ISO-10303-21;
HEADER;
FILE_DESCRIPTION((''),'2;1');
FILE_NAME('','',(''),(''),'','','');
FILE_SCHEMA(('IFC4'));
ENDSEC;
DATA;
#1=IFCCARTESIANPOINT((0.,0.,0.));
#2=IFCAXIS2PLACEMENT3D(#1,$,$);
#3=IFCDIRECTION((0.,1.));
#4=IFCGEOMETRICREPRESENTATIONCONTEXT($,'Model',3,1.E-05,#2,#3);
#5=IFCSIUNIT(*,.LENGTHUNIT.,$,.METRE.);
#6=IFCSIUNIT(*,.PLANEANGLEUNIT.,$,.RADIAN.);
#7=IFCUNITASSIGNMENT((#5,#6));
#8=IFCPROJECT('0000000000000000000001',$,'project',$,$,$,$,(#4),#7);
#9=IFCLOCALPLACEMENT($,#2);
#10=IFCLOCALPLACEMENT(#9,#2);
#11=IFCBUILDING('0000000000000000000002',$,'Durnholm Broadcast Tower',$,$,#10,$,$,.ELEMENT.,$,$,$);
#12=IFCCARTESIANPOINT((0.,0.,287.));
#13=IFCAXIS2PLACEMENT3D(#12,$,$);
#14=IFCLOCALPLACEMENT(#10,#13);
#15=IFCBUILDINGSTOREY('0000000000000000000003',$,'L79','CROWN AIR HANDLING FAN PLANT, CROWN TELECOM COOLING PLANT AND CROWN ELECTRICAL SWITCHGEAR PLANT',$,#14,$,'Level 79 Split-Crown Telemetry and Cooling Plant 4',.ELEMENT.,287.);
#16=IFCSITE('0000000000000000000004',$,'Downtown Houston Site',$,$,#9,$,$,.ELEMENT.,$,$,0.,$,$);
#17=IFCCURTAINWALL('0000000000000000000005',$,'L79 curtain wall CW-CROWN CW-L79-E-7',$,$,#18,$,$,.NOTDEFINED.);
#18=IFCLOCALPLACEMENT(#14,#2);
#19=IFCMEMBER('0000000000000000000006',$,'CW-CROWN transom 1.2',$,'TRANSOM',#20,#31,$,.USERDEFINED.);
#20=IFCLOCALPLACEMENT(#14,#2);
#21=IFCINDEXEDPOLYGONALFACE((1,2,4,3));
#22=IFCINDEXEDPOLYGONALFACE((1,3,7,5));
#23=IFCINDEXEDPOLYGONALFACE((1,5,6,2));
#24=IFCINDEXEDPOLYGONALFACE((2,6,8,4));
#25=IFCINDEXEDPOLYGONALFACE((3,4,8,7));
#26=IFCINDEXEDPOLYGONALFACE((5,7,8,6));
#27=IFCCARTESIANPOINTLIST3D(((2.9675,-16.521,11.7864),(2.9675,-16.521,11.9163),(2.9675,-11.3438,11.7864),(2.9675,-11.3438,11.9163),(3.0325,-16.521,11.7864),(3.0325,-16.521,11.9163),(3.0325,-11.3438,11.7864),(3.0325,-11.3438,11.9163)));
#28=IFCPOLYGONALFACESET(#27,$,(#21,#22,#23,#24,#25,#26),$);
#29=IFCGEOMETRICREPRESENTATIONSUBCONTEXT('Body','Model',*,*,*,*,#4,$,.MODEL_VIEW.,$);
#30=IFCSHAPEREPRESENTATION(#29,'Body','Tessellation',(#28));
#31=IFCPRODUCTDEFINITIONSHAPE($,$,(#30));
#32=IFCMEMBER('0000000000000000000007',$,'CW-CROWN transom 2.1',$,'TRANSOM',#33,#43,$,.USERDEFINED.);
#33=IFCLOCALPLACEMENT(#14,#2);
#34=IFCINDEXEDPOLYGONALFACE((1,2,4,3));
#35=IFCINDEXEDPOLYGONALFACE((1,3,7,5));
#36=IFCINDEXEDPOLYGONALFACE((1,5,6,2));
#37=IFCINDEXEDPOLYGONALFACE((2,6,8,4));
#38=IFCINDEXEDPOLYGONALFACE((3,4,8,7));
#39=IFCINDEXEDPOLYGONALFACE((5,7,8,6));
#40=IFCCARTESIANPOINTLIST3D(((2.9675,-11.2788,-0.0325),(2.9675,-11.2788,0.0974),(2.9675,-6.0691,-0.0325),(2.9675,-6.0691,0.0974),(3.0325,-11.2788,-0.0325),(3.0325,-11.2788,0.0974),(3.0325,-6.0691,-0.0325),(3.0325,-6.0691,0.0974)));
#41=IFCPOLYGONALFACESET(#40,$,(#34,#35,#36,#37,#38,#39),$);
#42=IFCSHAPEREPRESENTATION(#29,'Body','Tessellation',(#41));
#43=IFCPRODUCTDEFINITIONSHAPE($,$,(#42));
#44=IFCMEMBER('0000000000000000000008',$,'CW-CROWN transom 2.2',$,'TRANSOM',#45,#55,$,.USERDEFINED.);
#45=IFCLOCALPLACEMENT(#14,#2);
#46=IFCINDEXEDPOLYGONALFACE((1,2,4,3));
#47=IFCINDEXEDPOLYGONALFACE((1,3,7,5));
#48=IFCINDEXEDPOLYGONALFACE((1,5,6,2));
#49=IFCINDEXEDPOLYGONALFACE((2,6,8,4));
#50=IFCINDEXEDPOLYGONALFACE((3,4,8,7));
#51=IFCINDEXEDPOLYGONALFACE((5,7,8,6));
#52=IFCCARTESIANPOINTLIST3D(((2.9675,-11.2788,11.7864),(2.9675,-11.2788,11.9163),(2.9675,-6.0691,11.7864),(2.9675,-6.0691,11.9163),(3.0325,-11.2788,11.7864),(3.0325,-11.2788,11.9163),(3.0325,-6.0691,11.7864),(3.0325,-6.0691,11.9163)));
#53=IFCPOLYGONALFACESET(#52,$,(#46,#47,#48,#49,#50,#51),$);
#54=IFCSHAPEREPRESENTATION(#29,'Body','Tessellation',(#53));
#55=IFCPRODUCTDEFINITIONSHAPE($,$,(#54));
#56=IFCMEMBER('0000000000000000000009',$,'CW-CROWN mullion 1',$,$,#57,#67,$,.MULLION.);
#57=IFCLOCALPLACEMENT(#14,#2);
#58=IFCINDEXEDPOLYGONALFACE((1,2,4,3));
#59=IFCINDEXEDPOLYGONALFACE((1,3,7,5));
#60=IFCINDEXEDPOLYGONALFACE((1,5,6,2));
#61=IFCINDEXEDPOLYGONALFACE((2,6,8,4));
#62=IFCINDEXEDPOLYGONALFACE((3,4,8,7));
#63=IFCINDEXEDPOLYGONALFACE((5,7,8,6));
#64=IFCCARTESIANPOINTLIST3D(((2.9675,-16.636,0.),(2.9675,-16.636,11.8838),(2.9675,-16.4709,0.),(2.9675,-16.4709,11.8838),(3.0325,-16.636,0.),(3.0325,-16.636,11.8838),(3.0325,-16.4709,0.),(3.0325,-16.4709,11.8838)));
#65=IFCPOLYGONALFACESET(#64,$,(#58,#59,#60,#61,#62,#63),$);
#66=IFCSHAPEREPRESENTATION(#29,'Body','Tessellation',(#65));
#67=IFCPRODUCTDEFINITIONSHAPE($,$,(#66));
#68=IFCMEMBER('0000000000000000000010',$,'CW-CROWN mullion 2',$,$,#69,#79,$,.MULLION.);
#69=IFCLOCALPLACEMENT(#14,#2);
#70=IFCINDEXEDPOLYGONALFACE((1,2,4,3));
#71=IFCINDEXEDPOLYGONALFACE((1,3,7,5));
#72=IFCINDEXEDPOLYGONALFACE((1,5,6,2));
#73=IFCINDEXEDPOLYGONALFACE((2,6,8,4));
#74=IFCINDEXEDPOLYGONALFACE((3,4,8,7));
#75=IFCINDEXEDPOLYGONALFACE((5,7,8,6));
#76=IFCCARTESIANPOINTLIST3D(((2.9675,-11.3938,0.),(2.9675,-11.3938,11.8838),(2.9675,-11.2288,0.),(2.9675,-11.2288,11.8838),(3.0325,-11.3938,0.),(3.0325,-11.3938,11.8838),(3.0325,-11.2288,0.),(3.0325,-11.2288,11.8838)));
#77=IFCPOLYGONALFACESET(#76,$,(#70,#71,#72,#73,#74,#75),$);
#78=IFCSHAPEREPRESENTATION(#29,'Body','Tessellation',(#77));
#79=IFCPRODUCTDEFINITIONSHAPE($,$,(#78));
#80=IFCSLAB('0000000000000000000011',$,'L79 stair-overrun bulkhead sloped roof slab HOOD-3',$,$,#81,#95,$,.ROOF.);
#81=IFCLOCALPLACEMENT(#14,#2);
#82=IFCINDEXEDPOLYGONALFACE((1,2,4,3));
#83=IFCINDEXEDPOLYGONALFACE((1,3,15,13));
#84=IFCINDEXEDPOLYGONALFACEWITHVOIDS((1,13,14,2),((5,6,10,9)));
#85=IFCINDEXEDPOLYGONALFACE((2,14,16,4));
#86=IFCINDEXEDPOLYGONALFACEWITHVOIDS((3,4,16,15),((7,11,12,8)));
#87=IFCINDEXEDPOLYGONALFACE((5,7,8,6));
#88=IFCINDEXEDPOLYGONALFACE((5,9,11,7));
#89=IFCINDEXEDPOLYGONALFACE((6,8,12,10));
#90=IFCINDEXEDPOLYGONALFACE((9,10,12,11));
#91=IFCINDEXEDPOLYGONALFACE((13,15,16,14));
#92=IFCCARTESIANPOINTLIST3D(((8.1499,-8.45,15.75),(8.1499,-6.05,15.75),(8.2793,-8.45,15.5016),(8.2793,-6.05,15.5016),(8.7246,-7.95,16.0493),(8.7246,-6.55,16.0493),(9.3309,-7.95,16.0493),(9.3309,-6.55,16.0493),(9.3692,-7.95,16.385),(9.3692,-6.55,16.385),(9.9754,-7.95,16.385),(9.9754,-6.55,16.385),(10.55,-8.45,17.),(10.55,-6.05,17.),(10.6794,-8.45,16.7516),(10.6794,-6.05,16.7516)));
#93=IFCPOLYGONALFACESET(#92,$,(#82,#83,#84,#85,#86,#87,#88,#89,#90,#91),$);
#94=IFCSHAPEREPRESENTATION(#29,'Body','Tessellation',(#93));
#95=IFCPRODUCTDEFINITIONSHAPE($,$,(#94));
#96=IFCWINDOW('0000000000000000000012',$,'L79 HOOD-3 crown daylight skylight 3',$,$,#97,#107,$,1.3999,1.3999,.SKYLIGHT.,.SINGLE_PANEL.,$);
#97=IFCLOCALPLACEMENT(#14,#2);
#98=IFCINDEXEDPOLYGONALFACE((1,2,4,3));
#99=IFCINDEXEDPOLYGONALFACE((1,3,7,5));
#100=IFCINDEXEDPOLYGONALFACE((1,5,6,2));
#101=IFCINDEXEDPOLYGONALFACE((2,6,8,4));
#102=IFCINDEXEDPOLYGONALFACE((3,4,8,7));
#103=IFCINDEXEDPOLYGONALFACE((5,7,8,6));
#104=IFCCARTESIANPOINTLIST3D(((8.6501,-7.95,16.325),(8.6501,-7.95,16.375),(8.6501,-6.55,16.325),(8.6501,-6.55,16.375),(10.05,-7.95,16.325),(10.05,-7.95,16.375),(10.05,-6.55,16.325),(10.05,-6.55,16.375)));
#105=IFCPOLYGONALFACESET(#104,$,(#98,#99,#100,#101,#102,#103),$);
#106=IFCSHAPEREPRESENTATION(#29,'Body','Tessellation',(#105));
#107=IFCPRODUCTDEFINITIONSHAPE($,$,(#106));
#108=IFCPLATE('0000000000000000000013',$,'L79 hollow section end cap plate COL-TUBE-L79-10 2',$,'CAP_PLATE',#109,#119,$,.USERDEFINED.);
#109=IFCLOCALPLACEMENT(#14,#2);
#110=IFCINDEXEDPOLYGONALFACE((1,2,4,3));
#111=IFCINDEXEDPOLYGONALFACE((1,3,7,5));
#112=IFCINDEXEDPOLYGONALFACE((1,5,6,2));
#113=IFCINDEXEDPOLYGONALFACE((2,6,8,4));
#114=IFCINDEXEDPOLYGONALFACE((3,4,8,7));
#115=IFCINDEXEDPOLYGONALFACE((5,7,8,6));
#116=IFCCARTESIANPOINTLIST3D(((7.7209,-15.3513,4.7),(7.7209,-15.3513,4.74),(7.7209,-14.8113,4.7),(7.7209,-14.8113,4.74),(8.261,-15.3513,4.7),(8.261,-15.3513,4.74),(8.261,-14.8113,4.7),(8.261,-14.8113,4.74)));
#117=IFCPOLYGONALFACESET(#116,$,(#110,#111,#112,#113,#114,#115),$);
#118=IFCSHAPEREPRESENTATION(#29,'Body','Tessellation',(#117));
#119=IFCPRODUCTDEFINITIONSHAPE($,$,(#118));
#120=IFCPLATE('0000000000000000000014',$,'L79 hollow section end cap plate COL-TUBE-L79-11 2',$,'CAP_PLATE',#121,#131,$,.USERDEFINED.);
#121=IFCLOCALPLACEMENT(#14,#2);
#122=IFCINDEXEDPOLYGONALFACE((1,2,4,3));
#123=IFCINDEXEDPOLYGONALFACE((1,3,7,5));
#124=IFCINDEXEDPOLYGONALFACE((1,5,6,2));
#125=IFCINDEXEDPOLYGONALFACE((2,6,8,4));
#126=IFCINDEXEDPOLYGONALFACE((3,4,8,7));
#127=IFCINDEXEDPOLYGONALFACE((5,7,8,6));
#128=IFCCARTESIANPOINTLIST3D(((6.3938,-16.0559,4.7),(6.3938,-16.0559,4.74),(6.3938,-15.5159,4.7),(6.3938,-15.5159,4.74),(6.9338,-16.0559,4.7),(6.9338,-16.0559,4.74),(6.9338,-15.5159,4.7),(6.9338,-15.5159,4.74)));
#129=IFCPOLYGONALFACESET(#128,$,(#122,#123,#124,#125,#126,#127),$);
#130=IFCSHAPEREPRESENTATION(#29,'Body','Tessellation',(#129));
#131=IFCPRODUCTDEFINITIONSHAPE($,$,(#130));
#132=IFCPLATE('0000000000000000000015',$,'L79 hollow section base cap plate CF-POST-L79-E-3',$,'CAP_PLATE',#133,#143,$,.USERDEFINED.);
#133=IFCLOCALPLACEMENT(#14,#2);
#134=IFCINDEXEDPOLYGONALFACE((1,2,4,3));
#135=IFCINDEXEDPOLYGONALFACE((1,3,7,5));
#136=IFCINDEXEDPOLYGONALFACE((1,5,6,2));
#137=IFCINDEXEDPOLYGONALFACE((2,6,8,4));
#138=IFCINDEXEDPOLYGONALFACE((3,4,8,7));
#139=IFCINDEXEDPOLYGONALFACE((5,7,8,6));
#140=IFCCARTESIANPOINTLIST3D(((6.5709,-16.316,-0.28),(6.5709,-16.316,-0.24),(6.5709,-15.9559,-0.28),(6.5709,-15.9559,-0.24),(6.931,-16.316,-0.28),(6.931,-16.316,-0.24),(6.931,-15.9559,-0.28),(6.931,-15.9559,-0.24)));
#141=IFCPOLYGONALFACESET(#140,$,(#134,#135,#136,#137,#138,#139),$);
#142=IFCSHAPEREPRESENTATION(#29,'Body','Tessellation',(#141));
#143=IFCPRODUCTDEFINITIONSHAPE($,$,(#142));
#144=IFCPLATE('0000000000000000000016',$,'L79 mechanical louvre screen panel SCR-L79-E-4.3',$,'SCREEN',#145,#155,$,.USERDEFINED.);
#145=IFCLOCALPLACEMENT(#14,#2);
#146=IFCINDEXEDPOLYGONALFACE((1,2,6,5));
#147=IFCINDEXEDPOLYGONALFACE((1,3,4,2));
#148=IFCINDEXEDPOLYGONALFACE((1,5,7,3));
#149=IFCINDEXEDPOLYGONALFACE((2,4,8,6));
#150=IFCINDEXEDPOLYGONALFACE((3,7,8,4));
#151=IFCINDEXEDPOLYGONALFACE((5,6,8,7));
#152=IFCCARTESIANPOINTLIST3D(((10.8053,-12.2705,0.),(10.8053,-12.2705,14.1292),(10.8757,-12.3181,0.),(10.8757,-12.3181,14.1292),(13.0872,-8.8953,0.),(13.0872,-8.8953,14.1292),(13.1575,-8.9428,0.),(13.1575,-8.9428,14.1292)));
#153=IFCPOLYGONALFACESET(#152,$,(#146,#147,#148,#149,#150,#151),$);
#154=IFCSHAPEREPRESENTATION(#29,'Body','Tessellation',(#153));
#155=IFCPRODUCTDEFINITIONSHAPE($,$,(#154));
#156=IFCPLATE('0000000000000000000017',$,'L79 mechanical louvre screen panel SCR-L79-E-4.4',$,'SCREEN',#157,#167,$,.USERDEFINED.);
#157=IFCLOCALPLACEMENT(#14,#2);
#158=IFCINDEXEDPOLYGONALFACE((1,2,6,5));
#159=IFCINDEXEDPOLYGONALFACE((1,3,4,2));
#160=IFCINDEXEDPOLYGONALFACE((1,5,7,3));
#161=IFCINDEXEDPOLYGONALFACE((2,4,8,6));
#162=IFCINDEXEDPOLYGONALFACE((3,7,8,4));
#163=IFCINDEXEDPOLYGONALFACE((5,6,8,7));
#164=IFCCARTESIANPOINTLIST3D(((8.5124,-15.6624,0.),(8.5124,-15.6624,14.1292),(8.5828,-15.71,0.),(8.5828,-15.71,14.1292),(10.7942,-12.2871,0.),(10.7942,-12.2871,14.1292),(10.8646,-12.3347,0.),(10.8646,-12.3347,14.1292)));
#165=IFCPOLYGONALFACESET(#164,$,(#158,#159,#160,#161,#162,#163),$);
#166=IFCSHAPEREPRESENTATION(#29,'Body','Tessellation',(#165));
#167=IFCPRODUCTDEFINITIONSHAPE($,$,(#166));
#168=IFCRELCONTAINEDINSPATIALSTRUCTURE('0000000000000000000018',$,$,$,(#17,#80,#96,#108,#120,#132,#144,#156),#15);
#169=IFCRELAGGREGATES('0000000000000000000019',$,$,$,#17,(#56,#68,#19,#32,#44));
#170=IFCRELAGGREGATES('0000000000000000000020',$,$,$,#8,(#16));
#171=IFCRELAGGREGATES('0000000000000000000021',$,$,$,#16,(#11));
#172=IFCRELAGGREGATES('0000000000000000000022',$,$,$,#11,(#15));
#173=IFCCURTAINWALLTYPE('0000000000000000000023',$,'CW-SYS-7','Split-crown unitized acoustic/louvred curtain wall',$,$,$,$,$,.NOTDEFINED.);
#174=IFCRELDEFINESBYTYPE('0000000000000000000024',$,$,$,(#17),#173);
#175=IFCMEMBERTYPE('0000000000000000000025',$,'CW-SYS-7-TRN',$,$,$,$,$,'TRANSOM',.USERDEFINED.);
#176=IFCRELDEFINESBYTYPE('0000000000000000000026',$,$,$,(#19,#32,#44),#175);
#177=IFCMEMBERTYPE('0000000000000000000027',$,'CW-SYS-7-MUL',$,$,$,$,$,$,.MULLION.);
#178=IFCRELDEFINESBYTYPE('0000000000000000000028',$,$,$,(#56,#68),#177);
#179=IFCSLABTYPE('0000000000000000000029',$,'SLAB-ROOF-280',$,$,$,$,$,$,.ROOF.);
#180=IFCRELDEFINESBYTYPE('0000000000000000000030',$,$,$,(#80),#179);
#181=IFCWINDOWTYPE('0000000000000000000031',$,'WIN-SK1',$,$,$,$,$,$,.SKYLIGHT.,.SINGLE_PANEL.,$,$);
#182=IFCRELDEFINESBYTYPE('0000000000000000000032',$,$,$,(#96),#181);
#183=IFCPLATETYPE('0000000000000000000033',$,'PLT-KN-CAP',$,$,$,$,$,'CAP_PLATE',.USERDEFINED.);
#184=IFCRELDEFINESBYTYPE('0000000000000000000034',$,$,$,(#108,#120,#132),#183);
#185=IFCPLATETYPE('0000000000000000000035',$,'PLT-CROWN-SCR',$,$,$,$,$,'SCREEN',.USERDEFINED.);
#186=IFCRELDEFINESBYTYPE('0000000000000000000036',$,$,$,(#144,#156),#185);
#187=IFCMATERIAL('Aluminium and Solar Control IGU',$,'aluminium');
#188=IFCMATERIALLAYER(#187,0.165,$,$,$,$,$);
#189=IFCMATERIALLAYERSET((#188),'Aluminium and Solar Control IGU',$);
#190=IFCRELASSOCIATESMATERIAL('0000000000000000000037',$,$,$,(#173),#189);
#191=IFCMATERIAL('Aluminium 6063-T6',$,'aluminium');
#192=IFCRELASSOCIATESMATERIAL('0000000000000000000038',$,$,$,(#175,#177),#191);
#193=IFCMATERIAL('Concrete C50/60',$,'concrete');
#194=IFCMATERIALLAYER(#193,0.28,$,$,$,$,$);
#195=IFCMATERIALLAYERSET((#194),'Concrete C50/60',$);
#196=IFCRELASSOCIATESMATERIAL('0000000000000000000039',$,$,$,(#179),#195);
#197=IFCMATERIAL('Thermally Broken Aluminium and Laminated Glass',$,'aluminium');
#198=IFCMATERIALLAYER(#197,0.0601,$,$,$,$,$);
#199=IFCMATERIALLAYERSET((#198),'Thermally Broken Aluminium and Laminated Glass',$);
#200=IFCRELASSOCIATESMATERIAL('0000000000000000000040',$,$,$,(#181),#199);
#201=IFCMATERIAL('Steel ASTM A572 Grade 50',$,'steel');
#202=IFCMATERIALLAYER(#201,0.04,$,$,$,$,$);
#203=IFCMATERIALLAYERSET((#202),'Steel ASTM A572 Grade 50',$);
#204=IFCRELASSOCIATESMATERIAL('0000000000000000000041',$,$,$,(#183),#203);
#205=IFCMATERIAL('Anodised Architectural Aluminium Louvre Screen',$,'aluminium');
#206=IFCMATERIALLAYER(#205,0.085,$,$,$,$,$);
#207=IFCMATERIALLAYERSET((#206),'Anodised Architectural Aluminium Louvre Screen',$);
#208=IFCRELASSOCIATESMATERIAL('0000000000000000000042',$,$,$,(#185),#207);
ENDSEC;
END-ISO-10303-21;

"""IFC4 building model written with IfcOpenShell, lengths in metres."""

from ifc_helpers import new_model, si_unit, direction, frame, origin, origin_2d, place, context, subcontext, project, spatial, polyline, rectangle, outline, extrude, source, transform, mapped, material, layer, layer_set, material_profile, profile_set, type_object, type_shapes, element, fill, aggregate, save


model = new_model("IFC4")

# Units and contexts
model_context = context("Model", 3, precision=1e-05, world=origin(), true_north=direction((0.0, 1.0)))
body_context = subcontext(model_context, "Body", "Model", "MODEL_VIEW")
ifc_project = project(units=[si_unit("LENGTHUNIT", "METRE"), si_unit("PLANEANGLEUNIT", "RADIAN")], contexts=[model_context])

# Site, building, storey
site_placement = place(None, origin())
site = spatial("IfcSite", under=ifc_project, at=site_placement, Name="Downtown Houston Site", CompositionType="ELEMENT", RefElevation=0.0)
building_placement = place(site_placement, origin())
building = spatial("IfcBuilding", under=site, at=building_placement, Name="Durnholm Broadcast Tower", CompositionType="ELEMENT")
storey_placement = place(building_placement, frame((0.0, 0.0, 287.0)))
storey = spatial("IfcBuildingStorey", under=building, at=storey_placement, Name="L79", Description="CROWN AIR HANDLING FAN PLANT, CROWN TELECOM COOLING PLANT AND CROWN ELECTRICAL SWITCHGEAR PLANT", LongName="Level 79 Split-Crown Telemetry and Cooling Plant 4", CompositionType="ELEMENT", Elevation=287.0)

# Curtain wall, members
ifc_material_1 = material(Name="Aluminium and Solar Control IGU", Category="aluminium")
ifc_layer_1 = layer(ifc_material_1, 0.165)
ifc_layer_set_1 = layer_set([ifc_layer_1], Name="Aluminium and Solar Control IGU")
curtain_wall_type = type_object("IfcCurtainWallType", Name="CW-SYS-7", Description="Split-crown unitized acoustic/louvred curtain wall", PredefinedType="NOTDEFINED", material=ifc_layer_set_1)
curtain_wall_placement = place(storey_placement, origin())
curtain_wall = element("IfcCurtainWall", 1, at=curtain_wall_placement, inside=storey, type_object=curtain_wall_type, Name="L79 curtain wall CW-CROWN CW-L79-E-7", PredefinedType="NOTDEFINED")
ifc_material_2 = material(Name="Aluminium 6063-T6", Category="aluminium")
ifc_material_profile_1 = material_profile(ifc_material_2, rectangle(XDim=0.0649, YDim=0.1299, at=origin_2d()), Name="CWT65X130")
ifc_profile_set_1 = profile_set([ifc_material_profile_1], Name="Aluminium 6063-T6")
member_type_1 = type_object("IfcMemberType", Name="CW-SYS-7-TRN", ElementType="TRANSOM", PredefinedType="USERDEFINED", material=ifc_profile_set_1)
shared_shape_1 = source(origin(), body_context, "Body", "SweptSolid", [
    extrude(rectangle(XDim=0.0649, YDim=0.1299, at=origin_2d()), origin(), (0.0, 0.0, 1.0), 5.1772),
])
member_1_placement = place(storey_placement, frame((3.0, -16.521, 11.8513), z_axis=(0.0, 1.0, 0.0), x_axis=(-1.0, 0.0, 0.0)))
member_1 = element("IfcMember", 2, at=member_1_placement, type_object=member_type_1, Name="CW-CROWN transom 1.2", ObjectType="TRANSOM", PredefinedType="USERDEFINED", context=body_context, shape_type="MappedRepresentation", body=[
    mapped(shared_shape_1, transform((0.0, 0.0, 0.0), x_axis=(1.0, 0.0, 0.0), y_axis=(0.0, 1.0, 0.0), z_axis=(0.0, 0.0, 1.0), scale=1.0)),
])
shared_shape_2 = source(origin(), body_context, "Body", "SweptSolid", [
    extrude(rectangle(XDim=0.0649, YDim=0.1299, at=origin_2d()), origin(), (0.0, 0.0, 1.0), 5.2097),
])
type_shapes(member_type_1, [shared_shape_1, shared_shape_2])
member_2_placement = place(storey_placement, frame((3.0, -11.2788, 0.0325), z_axis=(0.0, 1.0, 0.0), x_axis=(-1.0, 0.0, 0.0)))
member_2 = element("IfcMember", 3, at=member_2_placement, type_object=member_type_1, Name="CW-CROWN transom 2.1", ObjectType="TRANSOM", PredefinedType="USERDEFINED", context=body_context, shape_type="MappedRepresentation", body=[
    mapped(shared_shape_2, transform((0.0, 0.0, 0.0), x_axis=(1.0, 0.0, 0.0), y_axis=(0.0, 1.0, 0.0), z_axis=(0.0, 0.0, 1.0), scale=1.0)),
])
member_3_placement = place(storey_placement, frame((3.0, -11.2788, 11.8513), z_axis=(0.0, 1.0, 0.0), x_axis=(-1.0, 0.0, 0.0)))
member_3 = element("IfcMember", 4, at=member_3_placement, type_object=member_type_1, Name="CW-CROWN transom 2.2", ObjectType="TRANSOM", PredefinedType="USERDEFINED", context=body_context, shape_type="MappedRepresentation", body=[
    mapped(shared_shape_2, transform((0.0, 0.0, 0.0), x_axis=(1.0, 0.0, 0.0), y_axis=(0.0, 1.0, 0.0), z_axis=(0.0, 0.0, 1.0), scale=1.0)),
])
ifc_material_profile_2 = material_profile(ifc_material_2, rectangle(XDim=0.0649, YDim=0.165, at=origin_2d()), Name="CWM65X165")
ifc_profile_set_2 = profile_set([ifc_material_profile_2], Name="Aluminium 6063-T6")
member_type_2 = type_object("IfcMemberType", Name="CW-SYS-7-MUL", PredefinedType="MULLION", material=ifc_profile_set_2)
shared_shape_3 = source(origin(), body_context, "Body", "SweptSolid", [
    extrude(rectangle(XDim=0.0649, YDim=0.165, at=origin_2d()), origin(), (0.0, 0.0, 1.0), 11.8838),
])
type_shapes(member_type_2, [shared_shape_3])
member_4_placement = place(storey_placement, frame((3.0, -16.5535, 0.0), z_axis=(0.0, 0.0, 1.0), x_axis=(-1.0, 0.0, 0.0)))
member_4 = element("IfcMember", 5, at=member_4_placement, type_object=member_type_2, Name="CW-CROWN mullion 1", PredefinedType="MULLION", context=body_context, shape_type="MappedRepresentation", body=[
    mapped(shared_shape_3, transform((0.0, 0.0, 0.0), x_axis=(1.0, 0.0, 0.0), y_axis=(0.0, 1.0, 0.0), z_axis=(0.0, 0.0, 1.0), scale=1.0)),
])
member_5_placement = place(storey_placement, frame((3.0, -11.3113, 0.0), z_axis=(0.0, 0.0, 1.0), x_axis=(-1.0, 0.0, 0.0)))
member_5 = element("IfcMember", 6, at=member_5_placement, type_object=member_type_2, Name="CW-CROWN mullion 2", PredefinedType="MULLION", context=body_context, shape_type="MappedRepresentation", body=[
    mapped(shared_shape_3, transform((0.0, 0.0, 0.0), x_axis=(1.0, 0.0, 0.0), y_axis=(0.0, 1.0, 0.0), z_axis=(0.0, 0.0, 1.0), scale=1.0)),
])

# Slab, opening, window
ifc_material_3 = material(Name="Concrete C50/60", Category="concrete")
ifc_layer_2 = layer(ifc_material_3, 0.28)
ifc_layer_set_2 = layer_set([ifc_layer_2], Name="Concrete C50/60")
slab_type = type_object("IfcSlabType", Name="SLAB-ROOF-280", PredefinedType="ROOF", material=ifc_layer_set_2)
slab_placement = place(storey_placement, frame((8.1499, -8.45, 15.75), z_axis=(-0.461912, 0.0, 0.886926), x_axis=(0.886926, 0.0, 0.461912)))
slab = element("IfcSlab", 7, at=slab_placement, inside=storey, type_object=slab_type, Name="L79 stair-overrun bulkhead sloped roof slab HOOD-3", PredefinedType="ROOF", context=body_context, shape_type="SweptSolid", body=[
    extrude(outline(polyline([(0.0, 0.0), (2.7061, 0.0), (2.7061, 2.3999), (0.0, 2.3999), (0.0, 0.0)])), origin(), (0.0, 0.0, -1.0), 0.28),
])
opening_placement = place(storey_placement, frame((9.3501, -7.25, 16.0493)))
opening = element("IfcOpeningElement", 8, at=opening_placement, cuts=slab, PredefinedType="OPENING", context=body_context, shape_type="SweptSolid", body=[
    extrude(rectangle(XDim=1.3999, YDim=1.3999, at=origin_2d()), origin(), (0.0, 0.0, 1.0), 0.3357),
])
ifc_material_4 = material(Name="Thermally Broken Aluminium and Laminated Glass", Category="aluminium")
ifc_layer_3 = layer(ifc_material_4, 0.0601)
ifc_layer_set_3 = layer_set([ifc_layer_3], Name="Thermally Broken Aluminium and Laminated Glass")
window_type = type_object("IfcWindowType", Name="WIN-SK1", PartitioningType="SINGLE_PANEL", PredefinedType="SKYLIGHT", material=ifc_layer_set_3)
window_placement = place(opening_placement, frame((0.0, 0.0, 0.2756)))
window = element("IfcWindow", 9, at=window_placement, inside=storey, type_object=window_type, Name="L79 HOOD-3 crown daylight skylight 3", OverallHeight=1.3999, OverallWidth=1.3999, PartitioningType="SINGLE_PANEL", PredefinedType="SKYLIGHT", context=body_context, shape_type="SweptSolid", body=[
    extrude(rectangle(XDim=1.3999, YDim=1.3999, at=origin_2d()), origin(), (0.0, 0.0, 1.0), 0.05),
])
fill(opening, window)

# Plates
ifc_material_5 = material(Name="Steel ASTM A572 Grade 50", Category="steel")
ifc_layer_4 = layer(ifc_material_5, 0.04)
ifc_layer_set_4 = layer_set([ifc_layer_4], Name="Steel ASTM A572 Grade 50")
plate_type_1 = type_object("IfcPlateType", Name="PLT-KN-CAP", ElementType="CAP_PLATE", PredefinedType="USERDEFINED", material=ifc_layer_set_4)
shared_shape_4 = source(origin(), body_context, "Body", "SweptSolid", [
    extrude(rectangle(XDim=0.54, YDim=0.54, at=origin_2d()), origin(), (0.0, 0.0, 1.0), 0.04),
])
for number, where, z_axis, x_axis, name in (
    (10, (7.991, -15.0813, 4.7), (0.0, 0.0, 1.0), (1.0, 0.0, 0.0), "L79 hollow section end cap plate COL-TUBE-L79-10 2"),
    (11, (6.6638, -15.7859, 4.7), (0.0, 0.0, 1.0), (1.0, 0.0, 0.0), "L79 hollow section end cap plate COL-TUBE-L79-11 2"),
):
    element("IfcPlate", number, at=place(storey_placement, frame(where, z_axis=z_axis, x_axis=x_axis)), inside=storey, type_object=plate_type_1, Name=name, ObjectType="CAP_PLATE", PredefinedType="USERDEFINED", context=body_context, shape_type="MappedRepresentation", body=[
        mapped(shared_shape_4, transform((0.0, 0.0, 0.0), x_axis=(1.0, 0.0, 0.0), y_axis=(0.0, 1.0, 0.0), z_axis=(0.0, 0.0, 1.0), scale=1.0)),
    ])
shared_shape_5 = source(origin(), body_context, "Body", "SweptSolid", [
    extrude(rectangle(XDim=0.3601, YDim=0.3601, at=origin_2d()), origin(), (0.0, 0.0, 1.0), 0.04),
])
type_shapes(plate_type_1, [shared_shape_4, shared_shape_5])
plate_1_placement = place(storey_placement, frame((6.751, -16.136, -0.28), z_axis=(0.0, 0.0, 1.0), x_axis=(1.0, 0.0, 0.0)))
element("IfcPlate", 12, at=plate_1_placement, inside=storey, type_object=plate_type_1, Name="L79 hollow section base cap plate CF-POST-L79-E-3", ObjectType="CAP_PLATE", PredefinedType="USERDEFINED", context=body_context, shape_type="MappedRepresentation", body=[
    mapped(shared_shape_5, transform((0.0, 0.0, 0.0), x_axis=(1.0, 0.0, 0.0), y_axis=(0.0, 1.0, 0.0), z_axis=(0.0, 0.0, 1.0), scale=1.0)),
])
ifc_material_6 = material(Name="Anodised Architectural Aluminium Louvre Screen", Category="aluminium")
ifc_layer_5 = layer(ifc_material_6, 0.085)
ifc_layer_set_5 = layer_set([ifc_layer_5], Name="Anodised Architectural Aluminium Louvre Screen")
plate_type_2 = type_object("IfcPlateType", Name="PLT-CROWN-SCR", ElementType="SCREEN", PredefinedType="USERDEFINED", material=ifc_layer_set_5)
shared_shape_6 = source(origin(), body_context, "Body", "SweptSolid", [
    extrude(rectangle(XDim=4.0742, YDim=0.085, at=origin_2d()), origin(), (0.0, 0.0, 1.0), 14.1292),
])
for number, where, z_axis, x_axis, name in (
    (13, (11.9814, -10.6067, 0.0), (0.0, 0.0, 1.0), (-0.560061, -0.828452, 0.0), "L79 mechanical louvre screen panel SCR-L79-E-4.3"),
    (14, (9.6885, -13.9985, 0.0), (0.0, 0.0, 1.0), (-0.560061, -0.828452, 0.0), "L79 mechanical louvre screen panel SCR-L79-E-4.4"),
):
    element("IfcPlate", number, at=place(storey_placement, frame(where, z_axis=z_axis, x_axis=x_axis)), inside=storey, type_object=plate_type_2, Name=name, ObjectType="SCREEN", PredefinedType="USERDEFINED", context=body_context, shape_type="MappedRepresentation", body=[
        mapped(shared_shape_6, transform((0.0, 0.0, 0.0), x_axis=(1.0, 0.0, 0.0), y_axis=(0.0, 1.0, 0.0), z_axis=(0.0, 0.0, 1.0), scale=1.0)),
    ])

aggregate(curtain_wall, [member_4, member_5, member_1, member_2, member_3])

save(model, "model.ifc")
